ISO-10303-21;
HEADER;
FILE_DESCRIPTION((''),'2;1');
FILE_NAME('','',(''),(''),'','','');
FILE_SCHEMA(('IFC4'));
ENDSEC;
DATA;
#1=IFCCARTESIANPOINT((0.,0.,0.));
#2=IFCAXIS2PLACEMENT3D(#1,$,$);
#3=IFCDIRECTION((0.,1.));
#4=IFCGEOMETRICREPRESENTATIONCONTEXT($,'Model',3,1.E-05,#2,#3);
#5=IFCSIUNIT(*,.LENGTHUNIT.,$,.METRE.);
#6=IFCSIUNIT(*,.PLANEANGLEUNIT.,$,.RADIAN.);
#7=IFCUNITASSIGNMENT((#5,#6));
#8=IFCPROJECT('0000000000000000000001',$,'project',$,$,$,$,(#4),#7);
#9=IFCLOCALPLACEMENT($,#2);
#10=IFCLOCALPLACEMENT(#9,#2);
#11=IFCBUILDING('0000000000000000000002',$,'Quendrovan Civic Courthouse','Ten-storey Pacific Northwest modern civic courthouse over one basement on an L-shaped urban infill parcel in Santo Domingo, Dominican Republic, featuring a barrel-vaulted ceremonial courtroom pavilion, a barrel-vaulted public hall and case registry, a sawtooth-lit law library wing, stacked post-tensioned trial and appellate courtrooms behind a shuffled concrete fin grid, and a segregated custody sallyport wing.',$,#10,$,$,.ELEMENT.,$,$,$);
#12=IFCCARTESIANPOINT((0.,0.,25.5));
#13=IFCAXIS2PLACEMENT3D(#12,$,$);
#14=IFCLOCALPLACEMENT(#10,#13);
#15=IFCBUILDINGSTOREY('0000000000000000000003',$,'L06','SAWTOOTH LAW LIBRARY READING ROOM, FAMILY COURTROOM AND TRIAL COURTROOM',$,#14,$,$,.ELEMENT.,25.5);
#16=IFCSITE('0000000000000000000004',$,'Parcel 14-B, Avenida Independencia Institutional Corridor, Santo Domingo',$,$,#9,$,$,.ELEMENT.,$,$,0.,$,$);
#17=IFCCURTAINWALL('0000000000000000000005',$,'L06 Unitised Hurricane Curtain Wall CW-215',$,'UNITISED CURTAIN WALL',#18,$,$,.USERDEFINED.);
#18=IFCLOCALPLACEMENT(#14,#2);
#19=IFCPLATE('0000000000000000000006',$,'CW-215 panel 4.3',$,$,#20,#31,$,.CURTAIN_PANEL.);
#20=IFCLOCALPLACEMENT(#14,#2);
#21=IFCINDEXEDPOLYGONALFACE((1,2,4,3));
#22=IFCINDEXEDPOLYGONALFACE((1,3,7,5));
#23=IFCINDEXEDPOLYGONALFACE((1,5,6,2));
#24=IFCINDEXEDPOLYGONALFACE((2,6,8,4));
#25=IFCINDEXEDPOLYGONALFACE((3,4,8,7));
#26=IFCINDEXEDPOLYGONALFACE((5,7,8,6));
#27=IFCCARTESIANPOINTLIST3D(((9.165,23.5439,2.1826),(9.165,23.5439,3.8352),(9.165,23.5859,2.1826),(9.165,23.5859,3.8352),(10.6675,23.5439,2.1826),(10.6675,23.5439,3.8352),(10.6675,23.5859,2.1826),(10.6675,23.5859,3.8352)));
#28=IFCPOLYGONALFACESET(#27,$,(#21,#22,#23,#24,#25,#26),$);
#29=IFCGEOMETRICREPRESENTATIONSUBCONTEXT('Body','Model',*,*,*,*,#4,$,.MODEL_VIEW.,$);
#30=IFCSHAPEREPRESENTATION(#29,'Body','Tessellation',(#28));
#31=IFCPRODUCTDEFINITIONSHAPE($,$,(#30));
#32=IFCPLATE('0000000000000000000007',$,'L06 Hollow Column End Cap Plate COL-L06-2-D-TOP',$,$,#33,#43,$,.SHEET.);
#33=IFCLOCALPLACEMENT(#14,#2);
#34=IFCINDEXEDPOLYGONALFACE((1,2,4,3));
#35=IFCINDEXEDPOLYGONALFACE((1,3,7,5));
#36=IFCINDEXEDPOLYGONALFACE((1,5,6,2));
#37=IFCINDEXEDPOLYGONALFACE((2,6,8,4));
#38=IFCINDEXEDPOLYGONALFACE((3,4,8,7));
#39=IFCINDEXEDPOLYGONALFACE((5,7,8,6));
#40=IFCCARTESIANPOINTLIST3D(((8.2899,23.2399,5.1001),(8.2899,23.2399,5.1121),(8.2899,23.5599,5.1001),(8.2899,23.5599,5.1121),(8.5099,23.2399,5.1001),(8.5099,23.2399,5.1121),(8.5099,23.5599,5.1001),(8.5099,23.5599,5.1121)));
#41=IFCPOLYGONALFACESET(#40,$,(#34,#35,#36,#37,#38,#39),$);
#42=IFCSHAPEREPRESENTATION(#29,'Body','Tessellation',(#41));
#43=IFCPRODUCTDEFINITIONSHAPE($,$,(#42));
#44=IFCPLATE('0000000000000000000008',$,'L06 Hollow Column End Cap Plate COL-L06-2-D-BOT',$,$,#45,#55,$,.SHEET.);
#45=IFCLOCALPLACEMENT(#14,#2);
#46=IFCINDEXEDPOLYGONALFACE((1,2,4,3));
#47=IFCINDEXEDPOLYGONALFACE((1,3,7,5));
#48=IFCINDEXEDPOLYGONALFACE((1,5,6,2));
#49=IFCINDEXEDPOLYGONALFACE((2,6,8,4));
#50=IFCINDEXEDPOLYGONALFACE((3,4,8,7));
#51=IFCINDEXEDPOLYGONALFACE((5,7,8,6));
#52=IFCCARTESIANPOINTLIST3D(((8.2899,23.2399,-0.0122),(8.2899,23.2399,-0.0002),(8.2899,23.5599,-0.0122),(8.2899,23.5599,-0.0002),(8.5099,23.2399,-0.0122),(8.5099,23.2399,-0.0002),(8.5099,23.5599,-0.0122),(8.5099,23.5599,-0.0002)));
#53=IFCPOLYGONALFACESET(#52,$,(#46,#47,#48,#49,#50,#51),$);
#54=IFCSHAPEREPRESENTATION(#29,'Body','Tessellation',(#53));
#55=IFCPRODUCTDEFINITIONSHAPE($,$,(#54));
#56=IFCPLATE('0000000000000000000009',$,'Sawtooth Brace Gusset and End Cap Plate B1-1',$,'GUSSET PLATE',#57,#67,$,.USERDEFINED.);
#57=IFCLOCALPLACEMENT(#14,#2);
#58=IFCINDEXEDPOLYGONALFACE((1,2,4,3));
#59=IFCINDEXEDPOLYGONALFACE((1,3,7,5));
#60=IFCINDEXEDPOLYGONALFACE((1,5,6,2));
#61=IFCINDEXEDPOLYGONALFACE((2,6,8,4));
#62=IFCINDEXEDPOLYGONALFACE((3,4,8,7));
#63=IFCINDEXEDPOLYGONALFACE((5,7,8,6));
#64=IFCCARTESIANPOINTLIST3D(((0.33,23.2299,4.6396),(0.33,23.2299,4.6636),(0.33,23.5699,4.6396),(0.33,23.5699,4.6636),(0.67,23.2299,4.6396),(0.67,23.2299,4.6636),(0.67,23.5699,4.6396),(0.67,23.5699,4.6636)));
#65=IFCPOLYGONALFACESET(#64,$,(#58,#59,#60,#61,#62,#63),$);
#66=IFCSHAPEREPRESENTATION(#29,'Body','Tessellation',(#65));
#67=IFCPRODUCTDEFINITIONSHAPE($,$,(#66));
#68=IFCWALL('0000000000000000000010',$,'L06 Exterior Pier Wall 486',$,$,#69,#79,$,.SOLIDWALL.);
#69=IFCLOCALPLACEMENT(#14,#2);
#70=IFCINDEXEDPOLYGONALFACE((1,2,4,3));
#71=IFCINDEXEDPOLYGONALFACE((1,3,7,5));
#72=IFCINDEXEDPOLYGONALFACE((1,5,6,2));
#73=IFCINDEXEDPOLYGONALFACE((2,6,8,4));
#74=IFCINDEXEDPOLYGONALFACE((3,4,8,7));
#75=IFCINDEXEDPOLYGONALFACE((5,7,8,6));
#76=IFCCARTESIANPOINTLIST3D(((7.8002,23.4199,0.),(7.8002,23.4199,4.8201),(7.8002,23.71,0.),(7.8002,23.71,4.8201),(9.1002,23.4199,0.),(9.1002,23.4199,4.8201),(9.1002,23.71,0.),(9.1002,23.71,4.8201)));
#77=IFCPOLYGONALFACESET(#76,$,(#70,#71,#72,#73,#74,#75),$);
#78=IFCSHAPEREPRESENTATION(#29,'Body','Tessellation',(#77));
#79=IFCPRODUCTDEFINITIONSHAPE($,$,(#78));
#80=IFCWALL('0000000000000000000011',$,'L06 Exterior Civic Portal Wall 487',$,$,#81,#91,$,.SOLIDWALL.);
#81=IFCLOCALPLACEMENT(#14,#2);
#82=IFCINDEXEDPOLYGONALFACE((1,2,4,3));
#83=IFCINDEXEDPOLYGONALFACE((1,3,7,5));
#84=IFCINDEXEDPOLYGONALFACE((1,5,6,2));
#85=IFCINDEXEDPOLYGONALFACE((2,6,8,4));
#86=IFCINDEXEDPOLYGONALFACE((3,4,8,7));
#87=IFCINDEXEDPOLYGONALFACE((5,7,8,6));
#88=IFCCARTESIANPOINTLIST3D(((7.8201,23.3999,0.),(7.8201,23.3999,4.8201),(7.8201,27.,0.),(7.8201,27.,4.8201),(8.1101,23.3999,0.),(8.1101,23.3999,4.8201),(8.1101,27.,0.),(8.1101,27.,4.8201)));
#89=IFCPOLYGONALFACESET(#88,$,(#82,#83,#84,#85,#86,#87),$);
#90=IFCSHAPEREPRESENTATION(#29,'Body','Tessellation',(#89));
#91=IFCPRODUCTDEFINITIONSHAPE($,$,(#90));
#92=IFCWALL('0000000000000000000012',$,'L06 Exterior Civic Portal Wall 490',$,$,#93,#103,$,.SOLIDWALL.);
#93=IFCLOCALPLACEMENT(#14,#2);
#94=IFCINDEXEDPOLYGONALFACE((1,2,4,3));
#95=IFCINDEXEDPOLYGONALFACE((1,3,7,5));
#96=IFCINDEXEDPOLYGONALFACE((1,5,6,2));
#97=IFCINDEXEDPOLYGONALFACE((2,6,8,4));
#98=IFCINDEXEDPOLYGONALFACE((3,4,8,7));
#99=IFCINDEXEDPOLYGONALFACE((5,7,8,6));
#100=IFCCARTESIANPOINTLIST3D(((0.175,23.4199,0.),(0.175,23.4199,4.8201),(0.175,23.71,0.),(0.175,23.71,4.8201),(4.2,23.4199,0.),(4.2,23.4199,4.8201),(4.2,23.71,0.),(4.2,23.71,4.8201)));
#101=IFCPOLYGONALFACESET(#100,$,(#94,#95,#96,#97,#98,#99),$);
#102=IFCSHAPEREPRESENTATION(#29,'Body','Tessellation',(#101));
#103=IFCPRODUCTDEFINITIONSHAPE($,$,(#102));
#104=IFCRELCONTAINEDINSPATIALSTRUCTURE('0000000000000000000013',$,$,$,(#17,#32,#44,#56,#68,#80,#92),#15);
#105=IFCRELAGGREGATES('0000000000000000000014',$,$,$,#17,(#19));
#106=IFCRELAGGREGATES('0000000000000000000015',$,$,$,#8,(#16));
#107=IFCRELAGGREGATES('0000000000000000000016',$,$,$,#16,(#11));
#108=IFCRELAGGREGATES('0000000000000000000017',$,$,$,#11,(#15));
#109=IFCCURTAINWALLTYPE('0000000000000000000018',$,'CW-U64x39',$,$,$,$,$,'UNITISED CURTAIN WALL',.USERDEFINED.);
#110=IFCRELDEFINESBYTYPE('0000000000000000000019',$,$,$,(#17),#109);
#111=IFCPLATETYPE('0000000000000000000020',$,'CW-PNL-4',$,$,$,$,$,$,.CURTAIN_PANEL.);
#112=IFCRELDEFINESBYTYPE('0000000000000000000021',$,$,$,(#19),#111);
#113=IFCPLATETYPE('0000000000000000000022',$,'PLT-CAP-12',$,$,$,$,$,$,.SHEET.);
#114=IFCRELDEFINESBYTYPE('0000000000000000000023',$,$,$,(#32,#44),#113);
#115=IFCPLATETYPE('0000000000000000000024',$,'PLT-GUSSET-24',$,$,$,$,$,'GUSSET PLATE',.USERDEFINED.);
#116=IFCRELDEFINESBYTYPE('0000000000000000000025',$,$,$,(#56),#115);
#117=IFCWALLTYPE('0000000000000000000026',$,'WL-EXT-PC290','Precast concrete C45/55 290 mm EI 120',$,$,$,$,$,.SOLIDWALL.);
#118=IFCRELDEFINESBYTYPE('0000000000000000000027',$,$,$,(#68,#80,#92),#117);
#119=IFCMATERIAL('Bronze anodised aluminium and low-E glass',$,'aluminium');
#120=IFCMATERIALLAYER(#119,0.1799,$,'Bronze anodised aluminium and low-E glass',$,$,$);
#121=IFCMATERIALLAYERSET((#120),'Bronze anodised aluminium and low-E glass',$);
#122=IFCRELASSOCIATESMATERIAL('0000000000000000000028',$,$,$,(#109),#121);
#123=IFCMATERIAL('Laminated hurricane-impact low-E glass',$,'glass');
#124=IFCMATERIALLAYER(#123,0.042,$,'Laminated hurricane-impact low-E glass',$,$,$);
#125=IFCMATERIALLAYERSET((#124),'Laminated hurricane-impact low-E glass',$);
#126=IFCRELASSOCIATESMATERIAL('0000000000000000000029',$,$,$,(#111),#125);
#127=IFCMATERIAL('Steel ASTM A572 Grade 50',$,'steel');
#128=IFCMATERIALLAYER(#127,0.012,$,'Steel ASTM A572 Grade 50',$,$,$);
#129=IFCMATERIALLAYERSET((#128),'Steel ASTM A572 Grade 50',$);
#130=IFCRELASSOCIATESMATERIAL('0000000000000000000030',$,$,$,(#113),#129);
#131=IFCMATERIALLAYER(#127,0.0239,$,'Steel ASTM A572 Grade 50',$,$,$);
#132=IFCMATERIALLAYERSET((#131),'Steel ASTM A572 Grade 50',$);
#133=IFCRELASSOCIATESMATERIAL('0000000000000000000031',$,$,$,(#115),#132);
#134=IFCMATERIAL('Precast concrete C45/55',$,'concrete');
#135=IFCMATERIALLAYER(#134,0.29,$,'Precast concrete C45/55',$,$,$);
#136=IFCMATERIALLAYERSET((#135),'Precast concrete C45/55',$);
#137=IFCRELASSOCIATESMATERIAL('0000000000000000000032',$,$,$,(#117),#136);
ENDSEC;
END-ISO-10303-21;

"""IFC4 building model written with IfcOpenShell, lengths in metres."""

from ifc_helpers import new_model, si_unit, direction, frame, frame_2d, origin, origin_2d, place, context, subcontext, project, spatial, rectangle, extrude, material, layer, layer_set, type_object, element, aggregate, save


model = new_model("IFC4")

# Units and contexts
model_context = context("Model", 3, precision=1e-05, world=origin(), true_north=direction((0.0, 1.0)))
body_context = subcontext(model_context, "Body", "Model", "MODEL_VIEW")
ifc_project = project(units=[si_unit("LENGTHUNIT", "METRE"), si_unit("PLANEANGLEUNIT", "RADIAN")], contexts=[model_context])

# Site, building, storey
site_placement = place(None, origin())
site = spatial("IfcSite", under=ifc_project, at=site_placement, Name="Parcel 14-B, Avenida Independencia Institutional Corridor, Santo Domingo", CompositionType="ELEMENT", RefElevation=0.0)
building_placement = place(site_placement, origin())
building = spatial("IfcBuilding", under=site, at=building_placement, Name="Quendrovan Civic Courthouse", Description="Ten-storey Pacific Northwest modern civic courthouse over one basement on an L-shaped urban infill parcel in Santo Domingo, Dominican Republic, featuring a barrel-vaulted ceremonial courtroom pavilion, a barrel-vaulted public hall and case registry, a sawtooth-lit law library wing, stacked post-tensioned trial and appellate courtrooms behind a shuffled concrete fin grid, and a segregated custody sallyport wing.", CompositionType="ELEMENT")
storey_placement = place(building_placement, frame((0.0, 0.0, 25.5)))
storey = spatial("IfcBuildingStorey", under=building, at=storey_placement, Name="L06", Description="SAWTOOTH LAW LIBRARY READING ROOM, FAMILY COURTROOM AND TRIAL COURTROOM", CompositionType="ELEMENT", Elevation=25.5)

# Curtain wall
ifc_material_1 = material(Name="Bronze anodised aluminium and low-E glass", Category="aluminium")
ifc_layer_1 = layer(ifc_material_1, 0.1799, Name="Bronze anodised aluminium and low-E glass")
ifc_layer_set_1 = layer_set([ifc_layer_1], Name="Bronze anodised aluminium and low-E glass")
curtain_wall_type = type_object("IfcCurtainWallType", Name="CW-U64x39", ElementType="UNITISED CURTAIN WALL", PredefinedType="USERDEFINED", material=ifc_layer_set_1)
curtain_wall_placement = place(storey_placement, origin())
curtain_wall = element("IfcCurtainWall", 1, at=curtain_wall_placement, inside=storey, type_object=curtain_wall_type, Name="L06 Unitised Hurricane Curtain Wall CW-215", ObjectType="UNITISED CURTAIN WALL", PredefinedType="USERDEFINED")

# Plate
ifc_material_2 = material(Name="Laminated hurricane-impact low-E glass", Category="glass")
ifc_layer_2 = layer(ifc_material_2, 0.042, Name="Laminated hurricane-impact low-E glass")
ifc_layer_set_2 = layer_set([ifc_layer_2], Name="Laminated hurricane-impact low-E glass")
plate_type_1 = type_object("IfcPlateType", Name="CW-PNL-4", PredefinedType="CURTAIN_PANEL", material=ifc_layer_set_2)
plate_1_placement = place(storey_placement, frame((9.9163, 23.5649, 2.1826), z_axis=(0.0, 0.0, 1.0), x_axis=(-1.0, 0.0, 0.0)))
plate_1 = element("IfcPlate", 2, at=plate_1_placement, type_object=plate_type_1, Name="CW-215 panel 4.3", PredefinedType="CURTAIN_PANEL", context=body_context, shape_type="SweptSolid", body=[
    extrude(rectangle(XDim=1.5024, YDim=0.042, at=origin_2d()), origin(), (0.0, 0.0, 1.0), 1.6526),
])
aggregate(curtain_wall, [plate_1])

# Plates
ifc_material_3 = material(Name="Steel ASTM A572 Grade 50", Category="steel")
ifc_layer_3 = layer(ifc_material_3, 0.012, Name="Steel ASTM A572 Grade 50")
ifc_layer_set_3 = layer_set([ifc_layer_3], Name="Steel ASTM A572 Grade 50")
plate_type_2 = type_object("IfcPlateType", Name="PLT-CAP-12", PredefinedType="SHEET", material=ifc_layer_set_3)
for number, where, z_axis, x_axis, name in (
    (3, (8.3999, 23.3999, 5.1001), (0.0, 0.0, 1.0), (1.0, 0.0, 0.0), "L06 Hollow Column End Cap Plate COL-L06-2-D-TOP"),
    (4, (8.3999, 23.3999, -0.0122), (0.0, 0.0, 1.0), (1.0, 0.0, 0.0), "L06 Hollow Column End Cap Plate COL-L06-2-D-BOT"),
):
    element("IfcPlate", number, at=place(storey_placement, frame(where, z_axis=z_axis, x_axis=x_axis)), inside=storey, type_object=plate_type_2, Name=name, PredefinedType="SHEET", context=body_context, shape_type="SweptSolid", body=[
        extrude(rectangle(XDim=0.22, YDim=0.3201, at=origin_2d()), origin(), (0.0, 0.0, 1.0), 0.012),
    ])
ifc_layer_4 = layer(ifc_material_3, 0.0239, Name="Steel ASTM A572 Grade 50")
ifc_layer_set_4 = layer_set([ifc_layer_4], Name="Steel ASTM A572 Grade 50")
plate_type_3 = type_object("IfcPlateType", Name="PLT-GUSSET-24", ElementType="GUSSET PLATE", PredefinedType="USERDEFINED", material=ifc_layer_set_4)
plate_2_placement = place(storey_placement, frame((0.5, 23.3999, 4.6396), z_axis=(0.0, 0.0, 1.0), x_axis=(1.0, 0.0, 0.0)))
element("IfcPlate", 5, at=plate_2_placement, inside=storey, type_object=plate_type_3, Name="Sawtooth Brace Gusset and End Cap Plate B1-1", ObjectType="GUSSET PLATE", PredefinedType="USERDEFINED", context=body_context, shape_type="SweptSolid", body=[
    extrude(rectangle(XDim=0.3401, YDim=0.3401, at=origin_2d()), origin(), (0.0, 0.0, 1.0), 0.0239),
])

# Walls
ifc_material_4 = material(Name="Precast concrete C45/55", Category="concrete")
ifc_layer_5 = layer(ifc_material_4, 0.29, Name="Precast concrete C45/55")
ifc_layer_set_5 = layer_set([ifc_layer_5], Name="Precast concrete C45/55")
wall_type = type_object("IfcWallType", Name="WL-EXT-PC290", Description="Precast concrete C45/55 290 mm EI 120", PredefinedType="SOLIDWALL", material=ifc_layer_set_5)
wall_1_placement = place(storey_placement, frame((9.1001, 23.5649, 0.0), z_axis=(0.0, 0.0, 1.0), x_axis=(-1.0, 0.0, 0.0)))
element("IfcWall", 6, at=wall_1_placement, inside=storey, type_object=wall_type, Name="L06 Exterior Pier Wall 486", PredefinedType="SOLIDWALL", context=body_context, shape_type="SweptSolid", body=[
    extrude(rectangle(XDim=1.3, YDim=0.29, at=frame_2d((0.6499, 0.0))), origin(), (0.0, 0.0, 1.0), 4.8201),
])
wall_2_placement = place(storey_placement, frame((7.9651, 23.3999, 0.0), z_axis=(0.0, 0.0, 1.0), x_axis=(0.0, 1.0, 0.0)))
element("IfcWall", 7, at=wall_2_placement, inside=storey, type_object=wall_type, Name="L06 Exterior Civic Portal Wall 487", PredefinedType="SOLIDWALL", context=body_context, shape_type="SweptSolid", body=[
    extrude(rectangle(XDim=3.6001, YDim=0.29, at=frame_2d((1.8, 0.0))), origin(), (0.0, 0.0, 1.0), 4.8201),
])
wall_3_placement = place(storey_placement, frame((4.2, 23.5649, 0.0), z_axis=(0.0, 0.0, 1.0), x_axis=(-1.0, 0.0, 0.0)))
element("IfcWall", 8, at=wall_3_placement, inside=storey, type_object=wall_type, Name="L06 Exterior Civic Portal Wall 490", PredefinedType="SOLIDWALL", context=body_context, shape_type="SweptSolid", body=[
    extrude(rectangle(XDim=4.0249, YDim=0.29, at=frame_2d((2.0125, 0.0))), origin(), (0.0, 0.0, 1.0), 4.8201),
])

save(model, "model.ifc")
